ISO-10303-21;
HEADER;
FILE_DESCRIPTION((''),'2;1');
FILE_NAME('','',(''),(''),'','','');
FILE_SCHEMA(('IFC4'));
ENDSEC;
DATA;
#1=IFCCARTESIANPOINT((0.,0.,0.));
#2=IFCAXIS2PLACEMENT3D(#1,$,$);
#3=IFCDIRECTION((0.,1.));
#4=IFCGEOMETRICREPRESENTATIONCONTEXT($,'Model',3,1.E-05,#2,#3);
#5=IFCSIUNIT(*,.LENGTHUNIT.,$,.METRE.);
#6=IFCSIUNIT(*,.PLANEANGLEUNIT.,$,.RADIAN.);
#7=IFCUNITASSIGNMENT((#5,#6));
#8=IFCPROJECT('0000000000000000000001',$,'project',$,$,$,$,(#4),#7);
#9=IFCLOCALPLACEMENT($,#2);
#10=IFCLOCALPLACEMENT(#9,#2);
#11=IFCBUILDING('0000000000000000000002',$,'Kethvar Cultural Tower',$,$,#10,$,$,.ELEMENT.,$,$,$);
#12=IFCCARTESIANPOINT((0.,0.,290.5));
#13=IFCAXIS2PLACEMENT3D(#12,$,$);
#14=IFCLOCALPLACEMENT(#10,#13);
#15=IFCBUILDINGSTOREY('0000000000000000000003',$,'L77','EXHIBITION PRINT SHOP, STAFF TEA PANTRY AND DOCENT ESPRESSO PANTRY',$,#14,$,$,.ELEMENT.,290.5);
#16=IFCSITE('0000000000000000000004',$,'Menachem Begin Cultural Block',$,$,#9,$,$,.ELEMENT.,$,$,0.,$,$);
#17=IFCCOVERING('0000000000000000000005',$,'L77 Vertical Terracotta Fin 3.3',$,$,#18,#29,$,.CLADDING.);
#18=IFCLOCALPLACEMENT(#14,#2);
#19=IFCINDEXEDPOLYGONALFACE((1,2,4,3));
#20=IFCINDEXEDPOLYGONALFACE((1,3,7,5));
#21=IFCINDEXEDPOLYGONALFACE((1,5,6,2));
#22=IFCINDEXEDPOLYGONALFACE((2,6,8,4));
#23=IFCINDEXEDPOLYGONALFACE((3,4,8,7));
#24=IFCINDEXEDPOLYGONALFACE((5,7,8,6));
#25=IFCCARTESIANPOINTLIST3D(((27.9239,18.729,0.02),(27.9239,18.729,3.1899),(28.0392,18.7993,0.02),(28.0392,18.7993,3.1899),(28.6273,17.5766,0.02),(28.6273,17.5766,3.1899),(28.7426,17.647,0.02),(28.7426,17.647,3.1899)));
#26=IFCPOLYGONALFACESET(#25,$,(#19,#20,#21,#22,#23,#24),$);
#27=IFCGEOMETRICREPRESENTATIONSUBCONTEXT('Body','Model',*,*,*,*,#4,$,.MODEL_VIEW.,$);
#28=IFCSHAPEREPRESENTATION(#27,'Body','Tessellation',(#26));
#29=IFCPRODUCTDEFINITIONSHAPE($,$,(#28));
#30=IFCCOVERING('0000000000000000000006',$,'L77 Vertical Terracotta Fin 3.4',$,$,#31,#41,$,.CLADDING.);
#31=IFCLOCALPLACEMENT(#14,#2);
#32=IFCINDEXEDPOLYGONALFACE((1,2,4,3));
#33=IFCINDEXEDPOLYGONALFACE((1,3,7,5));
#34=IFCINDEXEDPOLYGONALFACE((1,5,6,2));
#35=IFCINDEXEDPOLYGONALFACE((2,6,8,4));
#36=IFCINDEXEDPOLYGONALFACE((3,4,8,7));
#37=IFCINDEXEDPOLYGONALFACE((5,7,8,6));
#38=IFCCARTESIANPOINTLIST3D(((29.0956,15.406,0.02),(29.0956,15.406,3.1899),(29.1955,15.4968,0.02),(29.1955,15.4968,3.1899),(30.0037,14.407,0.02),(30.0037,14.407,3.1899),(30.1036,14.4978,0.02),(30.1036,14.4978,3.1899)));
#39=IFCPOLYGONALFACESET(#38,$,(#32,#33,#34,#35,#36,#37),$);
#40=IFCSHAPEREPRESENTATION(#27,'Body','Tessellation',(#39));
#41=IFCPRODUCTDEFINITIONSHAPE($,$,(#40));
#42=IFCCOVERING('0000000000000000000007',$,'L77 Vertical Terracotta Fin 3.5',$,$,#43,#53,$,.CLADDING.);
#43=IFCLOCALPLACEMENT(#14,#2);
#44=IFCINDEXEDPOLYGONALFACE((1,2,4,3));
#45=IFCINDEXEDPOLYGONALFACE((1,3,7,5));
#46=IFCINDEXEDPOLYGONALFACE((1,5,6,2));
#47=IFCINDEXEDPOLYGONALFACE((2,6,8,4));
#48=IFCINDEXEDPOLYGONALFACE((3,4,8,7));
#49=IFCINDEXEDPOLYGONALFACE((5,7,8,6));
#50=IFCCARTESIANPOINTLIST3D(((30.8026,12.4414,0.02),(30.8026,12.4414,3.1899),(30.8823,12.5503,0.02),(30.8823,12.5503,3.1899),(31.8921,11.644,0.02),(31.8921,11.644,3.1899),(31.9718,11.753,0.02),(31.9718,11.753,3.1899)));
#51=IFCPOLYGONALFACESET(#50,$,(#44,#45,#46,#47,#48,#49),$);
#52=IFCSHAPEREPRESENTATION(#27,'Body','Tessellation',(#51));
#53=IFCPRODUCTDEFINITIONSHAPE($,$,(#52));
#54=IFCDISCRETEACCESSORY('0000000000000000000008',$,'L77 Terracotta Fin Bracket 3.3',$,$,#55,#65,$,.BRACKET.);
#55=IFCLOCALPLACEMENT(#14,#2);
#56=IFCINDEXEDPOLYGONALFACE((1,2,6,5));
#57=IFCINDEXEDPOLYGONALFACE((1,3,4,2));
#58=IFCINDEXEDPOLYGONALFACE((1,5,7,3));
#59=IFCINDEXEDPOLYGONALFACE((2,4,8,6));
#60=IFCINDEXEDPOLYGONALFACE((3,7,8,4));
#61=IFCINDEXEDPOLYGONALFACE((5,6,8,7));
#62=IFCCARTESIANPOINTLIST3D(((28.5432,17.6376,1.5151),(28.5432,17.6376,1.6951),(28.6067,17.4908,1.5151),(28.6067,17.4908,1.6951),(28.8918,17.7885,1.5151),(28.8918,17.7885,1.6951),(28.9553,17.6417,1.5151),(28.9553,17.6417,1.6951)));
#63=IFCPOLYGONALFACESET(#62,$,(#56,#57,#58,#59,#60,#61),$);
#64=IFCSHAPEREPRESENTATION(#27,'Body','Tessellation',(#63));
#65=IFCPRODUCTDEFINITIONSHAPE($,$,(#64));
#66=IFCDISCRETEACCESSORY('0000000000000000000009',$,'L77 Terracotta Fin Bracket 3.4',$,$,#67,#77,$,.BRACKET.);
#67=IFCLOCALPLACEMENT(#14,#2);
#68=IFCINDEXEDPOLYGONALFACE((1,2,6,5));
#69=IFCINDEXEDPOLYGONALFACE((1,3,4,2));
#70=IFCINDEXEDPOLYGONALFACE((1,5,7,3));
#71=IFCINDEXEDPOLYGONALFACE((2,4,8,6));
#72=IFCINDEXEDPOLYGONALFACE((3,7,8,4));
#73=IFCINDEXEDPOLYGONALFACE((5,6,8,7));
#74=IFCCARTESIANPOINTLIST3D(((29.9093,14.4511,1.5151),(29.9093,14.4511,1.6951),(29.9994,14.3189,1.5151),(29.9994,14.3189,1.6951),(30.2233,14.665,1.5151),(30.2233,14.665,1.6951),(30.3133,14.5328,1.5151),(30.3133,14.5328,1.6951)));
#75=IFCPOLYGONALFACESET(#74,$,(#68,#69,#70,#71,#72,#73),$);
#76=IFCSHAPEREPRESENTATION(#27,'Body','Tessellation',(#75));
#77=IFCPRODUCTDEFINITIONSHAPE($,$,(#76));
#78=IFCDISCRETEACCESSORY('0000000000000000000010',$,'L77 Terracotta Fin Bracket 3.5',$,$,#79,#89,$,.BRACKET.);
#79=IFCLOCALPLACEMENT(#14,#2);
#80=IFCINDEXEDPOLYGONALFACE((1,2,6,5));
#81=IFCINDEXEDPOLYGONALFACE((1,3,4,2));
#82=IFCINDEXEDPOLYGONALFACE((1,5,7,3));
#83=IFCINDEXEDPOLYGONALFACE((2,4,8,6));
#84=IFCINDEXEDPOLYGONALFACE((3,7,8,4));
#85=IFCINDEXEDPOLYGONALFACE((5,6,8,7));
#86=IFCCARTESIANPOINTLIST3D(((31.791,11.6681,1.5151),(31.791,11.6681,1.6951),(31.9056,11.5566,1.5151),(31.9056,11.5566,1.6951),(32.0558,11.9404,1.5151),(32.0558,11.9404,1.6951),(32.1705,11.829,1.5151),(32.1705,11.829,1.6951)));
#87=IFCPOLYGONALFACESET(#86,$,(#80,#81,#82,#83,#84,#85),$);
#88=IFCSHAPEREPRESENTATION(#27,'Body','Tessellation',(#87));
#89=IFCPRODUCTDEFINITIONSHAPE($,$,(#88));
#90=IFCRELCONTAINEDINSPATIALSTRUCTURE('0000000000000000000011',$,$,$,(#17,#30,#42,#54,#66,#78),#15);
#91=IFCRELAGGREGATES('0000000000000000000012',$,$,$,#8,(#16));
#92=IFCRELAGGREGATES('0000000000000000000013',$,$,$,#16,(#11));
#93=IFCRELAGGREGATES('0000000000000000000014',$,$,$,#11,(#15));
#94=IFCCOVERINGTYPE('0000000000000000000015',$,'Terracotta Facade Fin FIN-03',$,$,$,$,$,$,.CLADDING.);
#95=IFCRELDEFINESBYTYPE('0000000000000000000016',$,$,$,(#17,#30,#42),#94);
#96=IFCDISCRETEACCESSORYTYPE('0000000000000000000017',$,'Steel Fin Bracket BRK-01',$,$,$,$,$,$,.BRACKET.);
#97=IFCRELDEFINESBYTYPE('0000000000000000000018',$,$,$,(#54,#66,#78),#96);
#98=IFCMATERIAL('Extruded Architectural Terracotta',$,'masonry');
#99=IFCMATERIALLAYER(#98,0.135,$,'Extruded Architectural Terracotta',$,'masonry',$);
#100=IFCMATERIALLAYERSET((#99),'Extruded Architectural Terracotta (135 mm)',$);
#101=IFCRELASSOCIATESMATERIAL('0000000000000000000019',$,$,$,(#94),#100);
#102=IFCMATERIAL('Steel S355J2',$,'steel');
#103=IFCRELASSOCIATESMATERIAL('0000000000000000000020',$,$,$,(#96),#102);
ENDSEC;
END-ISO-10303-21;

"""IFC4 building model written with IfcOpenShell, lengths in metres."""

from ifc_helpers import new_model, si_unit, direction, frame, origin, origin_2d, place, context, subcontext, project, spatial, rectangle, extrude, source, transform, mapped, material, layer, layer_set, type_object, element, save


model = new_model("IFC4")

# Units and contexts
model_context = context("Model", 3, precision=1e-05, world=origin(), true_north=direction((0.0, 1.0)))
body_context = subcontext(model_context, "Body", "Model", "MODEL_VIEW")
ifc_project = project(units=[si_unit("LENGTHUNIT", "METRE"), si_unit("PLANEANGLEUNIT", "RADIAN")], contexts=[model_context])

# Site, building, storey
site_placement = place(None, origin())
site = spatial("IfcSite", under=ifc_project, at=site_placement, Name="Menachem Begin Cultural Block", CompositionType="ELEMENT", RefElevation=0.0)
building_placement = place(site_placement, origin())
building = spatial("IfcBuilding", under=site, at=building_placement, Name="Kethvar Cultural Tower", CompositionType="ELEMENT")
storey_placement = place(building_placement, frame((0.0, 0.0, 290.5)))
storey = spatial("IfcBuildingStorey", under=building, at=storey_placement, Name="L77", Description="EXHIBITION PRINT SHOP, STAFF TEA PANTRY AND DOCENT ESPRESSO PANTRY", CompositionType="ELEMENT", Elevation=290.5)

# Shared definitions
ifc_material_1 = material(Name="Steel S355J2", Category="steel")

# Coverings
ifc_material_2 = material(Name="Extruded Architectural Terracotta", Category="masonry")
ifc_layer_1 = layer(ifc_material_2, 0.135, Name="Extruded Architectural Terracotta", Category="masonry")
ifc_layer_set_1 = layer_set([ifc_layer_1], Name="Extruded Architectural Terracotta (135 mm)")
covering_type = type_object("IfcCoveringType", Name="Terracotta Facade Fin FIN-03", PredefinedType="CLADDING", material=ifc_layer_set_1)
shared_shape_1 = source(origin(), body_context, "Body", "SweptSolid", [
    extrude(rectangle(XDim=1.3501, YDim=0.135, at=origin_2d()), origin(), (0.0, 0.0, 1.0), 3.1699),
])
for number, where, z_axis, x_axis, name in (
    (1, (28.3333, 18.188, 0.02), (0.0, 0.0, 1.0), (-0.52101, 0.853551, 0.0), "L77 Vertical Terracotta Fin 3.3"),
    (2, (29.5996, 14.9519, 0.02), (0.0, 0.0, 1.0), (-0.672625, 0.739983, 0.0), "L77 Vertical Terracotta Fin 3.4"),
    (3, (31.3872, 12.0972, 0.02), (0.0, 0.0, 1.0), (-0.80696, 0.590606, 0.0), "L77 Vertical Terracotta Fin 3.5"),
):
    element("IfcCovering", number, at=place(storey_placement, frame(where, z_axis=z_axis, x_axis=x_axis)), inside=storey, type_object=covering_type, Name=name, PredefinedType="CLADDING", context=body_context, shape_type="MappedRepresentation", body=[
        mapped(shared_shape_1, transform((0.0, 0.0, 0.0), scale=1.0)),
    ])

# Discrete accessories
discrete_accessory_type = type_object("IfcDiscreteAccessoryType", Name="Steel Fin Bracket BRK-01", PredefinedType="BRACKET", material=ifc_material_1)
shared_shape_2 = source(origin(), body_context, "Body", "SweptSolid", [
    extrude(rectangle(XDim=0.3799, YDim=0.1599, at=origin_2d()), origin(), (0.0, 0.0, 1.0), 0.1799),
])
for number, where, z_axis, x_axis, name in (
    (4, (28.7493, 17.6396, 1.5151), (0.0, 0.0, 1.0), (-0.917755, -0.397148, 0.0), "L77 Terracotta Fin Bracket 3.3"),
    (5, (30.1113, 14.4919, 1.5151), (0.0, 0.0, 1.0), (-0.826393, -0.563093, 0.0), "L77 Terracotta Fin Bracket 3.4"),
    (6, (31.9807, 11.7485, 1.5151), (0.0, 0.0, 1.0), (-0.697165, -0.716911, 0.0), "L77 Terracotta Fin Bracket 3.5"),
):
    element("IfcDiscreteAccessory", number, at=place(storey_placement, frame(where, z_axis=z_axis, x_axis=x_axis)), inside=storey, type_object=discrete_accessory_type, Name=name, PredefinedType="BRACKET", context=body_context, shape_type="MappedRepresentation", body=[
        mapped(shared_shape_2, transform((0.0, 0.0, 0.0), scale=1.0)),
    ])

save(model, "model.ifc")
